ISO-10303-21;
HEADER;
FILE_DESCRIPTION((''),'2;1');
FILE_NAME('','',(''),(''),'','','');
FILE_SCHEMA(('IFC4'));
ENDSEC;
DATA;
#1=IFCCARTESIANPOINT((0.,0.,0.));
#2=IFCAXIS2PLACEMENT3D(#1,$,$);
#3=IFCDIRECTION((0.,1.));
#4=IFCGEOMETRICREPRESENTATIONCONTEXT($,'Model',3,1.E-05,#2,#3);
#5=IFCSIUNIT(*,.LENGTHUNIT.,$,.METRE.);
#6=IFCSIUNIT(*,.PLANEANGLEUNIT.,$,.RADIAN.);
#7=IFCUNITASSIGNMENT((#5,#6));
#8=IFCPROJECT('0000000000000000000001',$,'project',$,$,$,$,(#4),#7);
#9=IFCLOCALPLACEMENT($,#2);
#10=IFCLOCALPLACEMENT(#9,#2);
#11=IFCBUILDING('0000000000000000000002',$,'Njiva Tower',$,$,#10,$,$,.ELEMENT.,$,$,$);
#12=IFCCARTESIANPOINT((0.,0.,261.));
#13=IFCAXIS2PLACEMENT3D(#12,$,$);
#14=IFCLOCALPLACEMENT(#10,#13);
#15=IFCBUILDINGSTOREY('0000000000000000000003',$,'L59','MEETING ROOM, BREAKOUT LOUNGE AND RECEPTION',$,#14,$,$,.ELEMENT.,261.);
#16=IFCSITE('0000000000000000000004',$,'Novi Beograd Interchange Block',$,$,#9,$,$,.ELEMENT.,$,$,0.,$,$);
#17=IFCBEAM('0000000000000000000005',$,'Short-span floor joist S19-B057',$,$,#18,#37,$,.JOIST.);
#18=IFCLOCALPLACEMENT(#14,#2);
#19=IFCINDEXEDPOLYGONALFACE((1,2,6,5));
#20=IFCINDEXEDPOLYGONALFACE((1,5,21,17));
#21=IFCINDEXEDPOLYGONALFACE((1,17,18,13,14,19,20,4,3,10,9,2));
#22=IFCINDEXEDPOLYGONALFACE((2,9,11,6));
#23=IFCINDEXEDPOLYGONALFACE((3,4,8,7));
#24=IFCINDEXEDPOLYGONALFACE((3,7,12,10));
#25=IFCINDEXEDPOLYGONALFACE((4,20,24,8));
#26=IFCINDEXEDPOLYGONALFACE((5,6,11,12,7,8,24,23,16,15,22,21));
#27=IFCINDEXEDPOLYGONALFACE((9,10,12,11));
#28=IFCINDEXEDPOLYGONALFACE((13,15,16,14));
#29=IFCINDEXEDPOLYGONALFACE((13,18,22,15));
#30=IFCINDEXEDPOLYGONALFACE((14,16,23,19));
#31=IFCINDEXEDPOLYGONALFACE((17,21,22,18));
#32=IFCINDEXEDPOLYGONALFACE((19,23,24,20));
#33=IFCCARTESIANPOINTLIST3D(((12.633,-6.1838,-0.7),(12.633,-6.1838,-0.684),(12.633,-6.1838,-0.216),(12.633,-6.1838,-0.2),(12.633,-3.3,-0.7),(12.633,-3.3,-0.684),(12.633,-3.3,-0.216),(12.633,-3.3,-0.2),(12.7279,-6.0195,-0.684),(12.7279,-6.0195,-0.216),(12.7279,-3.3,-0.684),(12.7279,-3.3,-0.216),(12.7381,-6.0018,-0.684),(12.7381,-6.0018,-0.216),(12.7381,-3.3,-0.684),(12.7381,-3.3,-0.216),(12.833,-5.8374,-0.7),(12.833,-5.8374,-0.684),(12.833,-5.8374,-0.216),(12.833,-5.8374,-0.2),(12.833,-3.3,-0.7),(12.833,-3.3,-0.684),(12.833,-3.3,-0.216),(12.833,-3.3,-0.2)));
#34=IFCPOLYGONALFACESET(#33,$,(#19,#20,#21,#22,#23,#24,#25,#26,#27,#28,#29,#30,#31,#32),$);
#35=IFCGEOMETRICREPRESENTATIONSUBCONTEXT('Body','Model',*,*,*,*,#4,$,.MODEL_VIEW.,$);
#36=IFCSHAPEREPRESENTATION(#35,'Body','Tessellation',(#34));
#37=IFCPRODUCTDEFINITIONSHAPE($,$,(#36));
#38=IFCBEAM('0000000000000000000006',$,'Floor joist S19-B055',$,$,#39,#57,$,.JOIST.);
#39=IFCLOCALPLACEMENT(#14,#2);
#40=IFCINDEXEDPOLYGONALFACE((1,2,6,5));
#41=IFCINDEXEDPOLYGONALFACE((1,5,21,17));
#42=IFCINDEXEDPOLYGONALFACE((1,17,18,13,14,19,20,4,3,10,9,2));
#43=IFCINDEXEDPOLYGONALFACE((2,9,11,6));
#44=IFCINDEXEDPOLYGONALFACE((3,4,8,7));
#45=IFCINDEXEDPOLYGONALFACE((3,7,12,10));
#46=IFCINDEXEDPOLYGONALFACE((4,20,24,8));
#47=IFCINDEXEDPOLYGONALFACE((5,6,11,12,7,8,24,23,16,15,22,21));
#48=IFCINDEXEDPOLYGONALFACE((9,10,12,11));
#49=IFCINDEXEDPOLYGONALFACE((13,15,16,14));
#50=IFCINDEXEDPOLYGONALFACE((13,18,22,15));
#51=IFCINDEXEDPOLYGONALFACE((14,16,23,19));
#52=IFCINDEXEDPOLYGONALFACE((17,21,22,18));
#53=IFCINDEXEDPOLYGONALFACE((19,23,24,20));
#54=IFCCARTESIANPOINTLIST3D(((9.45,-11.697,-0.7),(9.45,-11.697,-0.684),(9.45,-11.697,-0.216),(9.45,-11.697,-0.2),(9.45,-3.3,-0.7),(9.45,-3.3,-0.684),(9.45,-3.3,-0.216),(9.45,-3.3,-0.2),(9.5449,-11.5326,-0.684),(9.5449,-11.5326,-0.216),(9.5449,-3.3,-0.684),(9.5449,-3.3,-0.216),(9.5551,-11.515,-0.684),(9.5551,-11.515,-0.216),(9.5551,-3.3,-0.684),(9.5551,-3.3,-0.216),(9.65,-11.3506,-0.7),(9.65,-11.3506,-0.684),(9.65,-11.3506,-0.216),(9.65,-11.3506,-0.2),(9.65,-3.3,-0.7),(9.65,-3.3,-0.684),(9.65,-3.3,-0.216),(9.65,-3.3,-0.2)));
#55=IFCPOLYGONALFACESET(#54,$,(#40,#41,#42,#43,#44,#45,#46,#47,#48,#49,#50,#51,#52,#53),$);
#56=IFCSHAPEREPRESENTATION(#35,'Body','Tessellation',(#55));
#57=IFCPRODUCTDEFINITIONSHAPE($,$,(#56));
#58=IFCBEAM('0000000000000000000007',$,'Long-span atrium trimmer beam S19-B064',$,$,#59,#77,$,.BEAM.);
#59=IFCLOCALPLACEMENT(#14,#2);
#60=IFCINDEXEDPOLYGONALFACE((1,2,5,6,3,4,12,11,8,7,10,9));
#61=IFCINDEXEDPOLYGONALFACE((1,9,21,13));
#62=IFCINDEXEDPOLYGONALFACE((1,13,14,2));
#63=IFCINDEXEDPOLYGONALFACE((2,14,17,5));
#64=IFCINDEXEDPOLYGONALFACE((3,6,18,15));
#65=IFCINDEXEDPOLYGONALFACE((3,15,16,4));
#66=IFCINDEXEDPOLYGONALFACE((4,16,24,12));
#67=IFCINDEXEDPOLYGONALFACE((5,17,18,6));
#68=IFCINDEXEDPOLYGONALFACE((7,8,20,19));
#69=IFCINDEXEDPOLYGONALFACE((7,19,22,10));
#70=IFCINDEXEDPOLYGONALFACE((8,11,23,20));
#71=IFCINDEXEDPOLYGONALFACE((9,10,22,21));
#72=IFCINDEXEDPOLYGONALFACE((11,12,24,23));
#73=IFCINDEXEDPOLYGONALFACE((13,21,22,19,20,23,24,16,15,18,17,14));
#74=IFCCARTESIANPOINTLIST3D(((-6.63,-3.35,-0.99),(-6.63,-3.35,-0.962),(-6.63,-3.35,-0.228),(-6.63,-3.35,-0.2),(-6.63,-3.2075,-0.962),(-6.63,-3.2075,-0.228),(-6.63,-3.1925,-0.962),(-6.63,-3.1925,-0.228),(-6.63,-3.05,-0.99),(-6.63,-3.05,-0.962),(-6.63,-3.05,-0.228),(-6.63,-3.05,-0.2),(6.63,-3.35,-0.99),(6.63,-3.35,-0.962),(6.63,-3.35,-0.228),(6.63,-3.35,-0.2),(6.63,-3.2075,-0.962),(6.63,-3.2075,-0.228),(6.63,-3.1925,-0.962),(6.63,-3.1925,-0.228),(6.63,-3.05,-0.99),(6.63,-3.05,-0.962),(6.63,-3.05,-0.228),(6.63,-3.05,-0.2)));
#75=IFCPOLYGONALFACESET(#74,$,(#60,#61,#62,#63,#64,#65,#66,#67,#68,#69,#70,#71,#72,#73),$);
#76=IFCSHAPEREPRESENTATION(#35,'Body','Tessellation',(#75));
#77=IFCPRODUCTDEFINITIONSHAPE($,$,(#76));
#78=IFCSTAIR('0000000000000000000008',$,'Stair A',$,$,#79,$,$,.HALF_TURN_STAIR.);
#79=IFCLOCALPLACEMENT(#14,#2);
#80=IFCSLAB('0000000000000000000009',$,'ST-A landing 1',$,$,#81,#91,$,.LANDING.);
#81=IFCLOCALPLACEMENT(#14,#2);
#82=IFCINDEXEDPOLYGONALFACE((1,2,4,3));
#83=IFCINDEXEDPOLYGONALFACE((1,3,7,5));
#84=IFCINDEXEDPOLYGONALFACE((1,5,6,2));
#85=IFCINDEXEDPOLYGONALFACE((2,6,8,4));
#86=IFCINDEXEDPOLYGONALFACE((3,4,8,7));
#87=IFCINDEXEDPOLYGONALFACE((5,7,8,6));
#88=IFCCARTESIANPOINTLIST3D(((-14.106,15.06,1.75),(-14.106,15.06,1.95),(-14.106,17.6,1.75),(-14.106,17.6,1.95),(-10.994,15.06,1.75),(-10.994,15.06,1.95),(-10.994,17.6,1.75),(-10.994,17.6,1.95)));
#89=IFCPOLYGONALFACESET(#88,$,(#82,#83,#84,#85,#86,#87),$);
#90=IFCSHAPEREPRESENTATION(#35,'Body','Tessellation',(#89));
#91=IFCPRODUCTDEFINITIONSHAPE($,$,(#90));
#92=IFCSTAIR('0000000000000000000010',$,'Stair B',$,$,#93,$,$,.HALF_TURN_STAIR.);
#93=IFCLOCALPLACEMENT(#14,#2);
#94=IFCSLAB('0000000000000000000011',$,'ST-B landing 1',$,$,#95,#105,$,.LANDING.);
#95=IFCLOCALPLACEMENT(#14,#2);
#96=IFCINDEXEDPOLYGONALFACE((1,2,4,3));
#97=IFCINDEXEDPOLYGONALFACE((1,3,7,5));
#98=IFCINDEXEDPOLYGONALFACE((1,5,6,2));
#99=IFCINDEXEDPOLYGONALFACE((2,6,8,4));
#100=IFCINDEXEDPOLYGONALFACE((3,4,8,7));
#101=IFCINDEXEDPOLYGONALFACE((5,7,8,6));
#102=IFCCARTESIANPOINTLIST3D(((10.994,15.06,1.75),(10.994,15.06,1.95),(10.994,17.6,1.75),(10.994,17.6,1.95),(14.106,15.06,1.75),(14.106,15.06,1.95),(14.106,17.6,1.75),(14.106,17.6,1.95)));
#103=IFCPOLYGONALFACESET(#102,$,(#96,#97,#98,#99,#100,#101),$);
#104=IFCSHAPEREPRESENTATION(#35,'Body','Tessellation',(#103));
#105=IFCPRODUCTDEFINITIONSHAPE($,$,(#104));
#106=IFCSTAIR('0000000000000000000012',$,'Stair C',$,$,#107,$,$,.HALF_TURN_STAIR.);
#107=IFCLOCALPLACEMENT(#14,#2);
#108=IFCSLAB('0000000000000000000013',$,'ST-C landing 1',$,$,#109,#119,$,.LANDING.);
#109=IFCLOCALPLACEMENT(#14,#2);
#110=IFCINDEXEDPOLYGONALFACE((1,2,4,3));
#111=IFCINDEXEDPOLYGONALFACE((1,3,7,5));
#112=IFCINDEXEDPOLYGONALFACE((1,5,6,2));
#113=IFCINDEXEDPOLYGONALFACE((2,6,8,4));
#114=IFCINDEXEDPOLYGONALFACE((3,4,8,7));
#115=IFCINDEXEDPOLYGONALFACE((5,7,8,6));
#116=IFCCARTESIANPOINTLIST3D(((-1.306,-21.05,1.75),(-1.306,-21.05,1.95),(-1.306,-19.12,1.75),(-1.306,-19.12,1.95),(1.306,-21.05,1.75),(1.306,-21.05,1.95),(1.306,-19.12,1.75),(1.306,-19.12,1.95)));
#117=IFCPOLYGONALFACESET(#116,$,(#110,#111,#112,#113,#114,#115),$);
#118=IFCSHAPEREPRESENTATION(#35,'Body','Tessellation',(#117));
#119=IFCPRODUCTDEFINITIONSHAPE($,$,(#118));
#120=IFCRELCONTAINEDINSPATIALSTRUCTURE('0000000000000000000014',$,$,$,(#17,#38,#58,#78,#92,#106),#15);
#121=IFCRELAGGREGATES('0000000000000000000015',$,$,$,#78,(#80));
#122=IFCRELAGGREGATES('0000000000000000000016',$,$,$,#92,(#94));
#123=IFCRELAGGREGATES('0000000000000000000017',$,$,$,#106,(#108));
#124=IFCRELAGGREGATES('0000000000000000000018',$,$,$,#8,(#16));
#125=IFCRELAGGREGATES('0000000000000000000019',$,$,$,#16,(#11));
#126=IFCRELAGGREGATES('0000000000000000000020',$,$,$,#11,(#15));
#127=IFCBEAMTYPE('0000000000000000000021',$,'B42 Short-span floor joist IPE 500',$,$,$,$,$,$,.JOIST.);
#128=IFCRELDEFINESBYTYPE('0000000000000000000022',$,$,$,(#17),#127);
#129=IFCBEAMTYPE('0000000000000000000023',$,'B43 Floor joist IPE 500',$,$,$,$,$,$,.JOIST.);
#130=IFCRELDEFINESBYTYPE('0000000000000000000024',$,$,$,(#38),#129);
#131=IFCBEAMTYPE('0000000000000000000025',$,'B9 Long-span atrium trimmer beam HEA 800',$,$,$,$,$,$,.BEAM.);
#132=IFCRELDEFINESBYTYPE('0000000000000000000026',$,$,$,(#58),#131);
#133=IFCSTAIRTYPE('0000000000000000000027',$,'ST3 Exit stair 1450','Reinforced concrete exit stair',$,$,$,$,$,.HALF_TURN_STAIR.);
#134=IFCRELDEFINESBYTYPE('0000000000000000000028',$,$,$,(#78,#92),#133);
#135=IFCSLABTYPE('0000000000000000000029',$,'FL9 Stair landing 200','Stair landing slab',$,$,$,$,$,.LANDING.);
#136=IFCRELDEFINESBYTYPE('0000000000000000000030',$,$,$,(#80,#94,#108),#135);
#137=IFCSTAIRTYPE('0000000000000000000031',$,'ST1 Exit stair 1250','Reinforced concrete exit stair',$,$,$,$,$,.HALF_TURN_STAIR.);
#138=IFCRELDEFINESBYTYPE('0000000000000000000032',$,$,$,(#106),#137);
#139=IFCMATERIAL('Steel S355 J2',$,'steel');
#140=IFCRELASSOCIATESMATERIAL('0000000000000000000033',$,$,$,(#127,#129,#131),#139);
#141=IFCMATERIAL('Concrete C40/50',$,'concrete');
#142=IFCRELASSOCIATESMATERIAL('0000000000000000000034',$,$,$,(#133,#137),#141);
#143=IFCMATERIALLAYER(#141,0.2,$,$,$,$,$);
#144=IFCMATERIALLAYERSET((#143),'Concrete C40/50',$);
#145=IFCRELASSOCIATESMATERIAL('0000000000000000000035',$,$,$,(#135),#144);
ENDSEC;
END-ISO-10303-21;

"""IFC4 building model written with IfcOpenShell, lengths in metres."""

from ifc_helpers import new_model, si_unit, direction, frame, origin, origin_2d, place, context, subcontext, project, spatial, polyline, i_section, outline, extrude, clip, halfspace, material, layer, layer_set, material_profile, profile_set, type_object, element, aggregate, save


model = new_model("IFC4")

# Units and contexts
model_context = context("Model", 3, precision=1e-05, world=origin(), true_north=direction((0.0, 1.0)))
body_context = subcontext(model_context, "Body", "Model", "MODEL_VIEW")
ifc_project = project(units=[si_unit("LENGTHUNIT", "METRE"), si_unit("PLANEANGLEUNIT", "RADIAN")], contexts=[model_context])

# Site, building, storey
site_placement = place(None, origin())
site = spatial("IfcSite", under=ifc_project, at=site_placement, Name="Novi Beograd Interchange Block", CompositionType="ELEMENT", RefElevation=0.0)
building_placement = place(site_placement, origin())
building = spatial("IfcBuilding", under=site, at=building_placement, Name="Njiva Tower", CompositionType="ELEMENT")
storey_placement = place(building_placement, frame((0.0, 0.0, 261.0)))
storey = spatial("IfcBuildingStorey", under=building, at=storey_placement, Name="L59", Description="MEETING ROOM, BREAKOUT LOUNGE AND RECEPTION", CompositionType="ELEMENT", Elevation=261.0)

# Shared definitions
ifc_material_1 = material(Name="Steel S355 J2", Category="steel")

# Beams
ifc_material_profile_1 = material_profile(ifc_material_1, i_section(OverallWidth=0.2, OverallDepth=0.5, WebThickness=0.0102, FlangeThickness=0.016, at=origin_2d()), Name="IPE 500")
ifc_profile_set_1 = profile_set([ifc_material_profile_1], Name="Steel S355 J2")
beam_type_1 = type_object("IfcBeamType", Name="B42 Short-span floor joist IPE 500", PredefinedType="JOIST", material=ifc_profile_set_1)
beam_1_placement = place(storey_placement, frame((12.733, -3.3, -0.45), z_axis=(0.0, -1.0, 0.0), x_axis=(1.0, 0.0, 0.0)))
element("IfcBeam", 1, at=beam_1_placement, inside=storey, type_object=beam_type_1, Name="Short-span floor joist S19-B057", PredefinedType="JOIST", context=body_context, shape_type="Clipping", body=[
    clip(extrude(i_section(OverallWidth=0.2, OverallDepth=0.5, WebThickness=0.0102, FlangeThickness=0.016, at=origin_2d()), origin(), (0.0, 0.0, 1.0), 2.903), halfspace(frame((0.0436, 0.0, 2.6351), z_axis=(0.866027, 0.0, 0.499998), x_axis=(0.0, 1.0, 0.0)), False)),
])
ifc_material_profile_2 = material_profile(ifc_material_1, i_section(OverallWidth=0.2, OverallDepth=0.5, WebThickness=0.0102, FlangeThickness=0.016, at=origin_2d()), Name="IPE 500")
ifc_profile_set_2 = profile_set([ifc_material_profile_2], Name="Steel S355 J2")
beam_type_2 = type_object("IfcBeamType", Name="B43 Floor joist IPE 500", PredefinedType="JOIST", material=ifc_profile_set_2)
beam_2_placement = place(storey_placement, frame((9.55, -3.3, -0.45), z_axis=(0.0, -1.0, 0.0), x_axis=(1.0, 0.0, 0.0)))
element("IfcBeam", 2, at=beam_2_placement, inside=storey, type_object=beam_type_2, Name="Floor joist S19-B055", PredefinedType="JOIST", context=body_context, shape_type="Clipping", body=[
    clip(extrude(i_section(OverallWidth=0.2, OverallDepth=0.5, WebThickness=0.0102, FlangeThickness=0.016, at=origin_2d()), origin(), (0.0, 0.0, 1.0), 8.417), halfspace(frame((0.0433, 0.0, 8.1488), z_axis=(0.866027, 0.0, 0.499998), x_axis=(0.0, 1.0, 0.0)), False)),
])
ifc_material_profile_3 = material_profile(ifc_material_1, i_section(OverallWidth=0.3, OverallDepth=0.79, WebThickness=0.015, FlangeThickness=0.028, at=origin_2d()), Name="HEA 800")
ifc_profile_set_3 = profile_set([ifc_material_profile_3], Name="Steel S355 J2")
beam_type_3 = type_object("IfcBeamType", Name="B9 Long-span atrium trimmer beam HEA 800", PredefinedType="BEAM", material=ifc_profile_set_3)
beam_3_placement = place(storey_placement, frame((6.63, -3.2, -0.595), z_axis=(-1.0, 0.0, 0.0), x_axis=(0.0, -1.0, 0.0)))
element("IfcBeam", 3, at=beam_3_placement, inside=storey, type_object=beam_type_3, Name="Long-span atrium trimmer beam S19-B064", PredefinedType="BEAM", context=body_context, shape_type="SweptSolid", body=[
    extrude(i_section(OverallWidth=0.3, OverallDepth=0.79, WebThickness=0.015, FlangeThickness=0.028, at=origin_2d()), origin(), (0.0, 0.0, 1.0), 13.26),
])

# Stairs, slabs
ifc_material_2 = material(Name="Concrete C40/50", Category="concrete")
stair_type_1 = type_object("IfcStairType", Name="ST3 Exit stair 1450", Description="Reinforced concrete exit stair", PredefinedType="HALF_TURN_STAIR", material=ifc_material_2)
stair_1_placement = place(storey_placement, origin())
stair_1 = element("IfcStair", 4, at=stair_1_placement, inside=storey, type_object=stair_type_1, Name="Stair A", PredefinedType="HALF_TURN_STAIR")
ifc_layer_1 = layer(ifc_material_2, 0.2)
ifc_layer_set_1 = layer_set([ifc_layer_1], Name="Concrete C40/50")
slab_type_1 = type_object("IfcSlabType", Name="FL9 Stair landing 200", Description="Stair landing slab", PredefinedType="LANDING", material=ifc_layer_set_1)
slab_1_placement = place(storey_placement, frame((0.0, 0.0, 1.75)))
slab_1 = element("IfcSlab", 5, at=slab_1_placement, type_object=slab_type_1, Name="ST-A landing 1", PredefinedType="LANDING", context=body_context, shape_type="SweptSolid", body=[
    extrude(outline(polyline([(-14.106, 15.06), (-10.994, 15.06), (-10.994, 17.6), (-14.106, 17.6), (-14.106, 15.06)])), origin(), (0.0, 0.0, 1.0), 0.2),
])
aggregate(stair_1, [slab_1])
stair_2_placement = place(storey_placement, origin())
stair_2 = element("IfcStair", 6, at=stair_2_placement, inside=storey, type_object=stair_type_1, Name="Stair B", PredefinedType="HALF_TURN_STAIR")
slab_2_placement = place(storey_placement, frame((0.0, 0.0, 1.75)))
slab_2 = element("IfcSlab", 7, at=slab_2_placement, type_object=slab_type_1, Name="ST-B landing 1", PredefinedType="LANDING", context=body_context, shape_type="SweptSolid", body=[
    extrude(outline(polyline([(10.994, 15.06), (14.106, 15.06), (14.106, 17.6), (10.994, 17.6), (10.994, 15.06)])), origin(), (0.0, 0.0, 1.0), 0.2),
])
aggregate(stair_2, [slab_2])
stair_type_2 = type_object("IfcStairType", Name="ST1 Exit stair 1250", Description="Reinforced concrete exit stair", PredefinedType="HALF_TURN_STAIR", material=ifc_material_2)
stair_3_placement = place(storey_placement, origin())
stair_3 = element("IfcStair", 8, at=stair_3_placement, inside=storey, type_object=stair_type_2, Name="Stair C", PredefinedType="HALF_TURN_STAIR")
slab_3_placement = place(storey_placement, frame((0.0, 0.0, 1.75)))
slab_3 = element("IfcSlab", 9, at=slab_3_placement, type_object=slab_type_1, Name="ST-C landing 1", PredefinedType="LANDING", context=body_context, shape_type="SweptSolid", body=[
    extrude(outline(polyline([(-1.306, -21.05), (1.306, -21.05), (1.306, -19.12), (-1.306, -19.12), (-1.306, -21.05)])), origin(), (0.0, 0.0, 1.0), 0.2),
])
aggregate(stair_3, [slab_3])

save(model, "model.ifc")
